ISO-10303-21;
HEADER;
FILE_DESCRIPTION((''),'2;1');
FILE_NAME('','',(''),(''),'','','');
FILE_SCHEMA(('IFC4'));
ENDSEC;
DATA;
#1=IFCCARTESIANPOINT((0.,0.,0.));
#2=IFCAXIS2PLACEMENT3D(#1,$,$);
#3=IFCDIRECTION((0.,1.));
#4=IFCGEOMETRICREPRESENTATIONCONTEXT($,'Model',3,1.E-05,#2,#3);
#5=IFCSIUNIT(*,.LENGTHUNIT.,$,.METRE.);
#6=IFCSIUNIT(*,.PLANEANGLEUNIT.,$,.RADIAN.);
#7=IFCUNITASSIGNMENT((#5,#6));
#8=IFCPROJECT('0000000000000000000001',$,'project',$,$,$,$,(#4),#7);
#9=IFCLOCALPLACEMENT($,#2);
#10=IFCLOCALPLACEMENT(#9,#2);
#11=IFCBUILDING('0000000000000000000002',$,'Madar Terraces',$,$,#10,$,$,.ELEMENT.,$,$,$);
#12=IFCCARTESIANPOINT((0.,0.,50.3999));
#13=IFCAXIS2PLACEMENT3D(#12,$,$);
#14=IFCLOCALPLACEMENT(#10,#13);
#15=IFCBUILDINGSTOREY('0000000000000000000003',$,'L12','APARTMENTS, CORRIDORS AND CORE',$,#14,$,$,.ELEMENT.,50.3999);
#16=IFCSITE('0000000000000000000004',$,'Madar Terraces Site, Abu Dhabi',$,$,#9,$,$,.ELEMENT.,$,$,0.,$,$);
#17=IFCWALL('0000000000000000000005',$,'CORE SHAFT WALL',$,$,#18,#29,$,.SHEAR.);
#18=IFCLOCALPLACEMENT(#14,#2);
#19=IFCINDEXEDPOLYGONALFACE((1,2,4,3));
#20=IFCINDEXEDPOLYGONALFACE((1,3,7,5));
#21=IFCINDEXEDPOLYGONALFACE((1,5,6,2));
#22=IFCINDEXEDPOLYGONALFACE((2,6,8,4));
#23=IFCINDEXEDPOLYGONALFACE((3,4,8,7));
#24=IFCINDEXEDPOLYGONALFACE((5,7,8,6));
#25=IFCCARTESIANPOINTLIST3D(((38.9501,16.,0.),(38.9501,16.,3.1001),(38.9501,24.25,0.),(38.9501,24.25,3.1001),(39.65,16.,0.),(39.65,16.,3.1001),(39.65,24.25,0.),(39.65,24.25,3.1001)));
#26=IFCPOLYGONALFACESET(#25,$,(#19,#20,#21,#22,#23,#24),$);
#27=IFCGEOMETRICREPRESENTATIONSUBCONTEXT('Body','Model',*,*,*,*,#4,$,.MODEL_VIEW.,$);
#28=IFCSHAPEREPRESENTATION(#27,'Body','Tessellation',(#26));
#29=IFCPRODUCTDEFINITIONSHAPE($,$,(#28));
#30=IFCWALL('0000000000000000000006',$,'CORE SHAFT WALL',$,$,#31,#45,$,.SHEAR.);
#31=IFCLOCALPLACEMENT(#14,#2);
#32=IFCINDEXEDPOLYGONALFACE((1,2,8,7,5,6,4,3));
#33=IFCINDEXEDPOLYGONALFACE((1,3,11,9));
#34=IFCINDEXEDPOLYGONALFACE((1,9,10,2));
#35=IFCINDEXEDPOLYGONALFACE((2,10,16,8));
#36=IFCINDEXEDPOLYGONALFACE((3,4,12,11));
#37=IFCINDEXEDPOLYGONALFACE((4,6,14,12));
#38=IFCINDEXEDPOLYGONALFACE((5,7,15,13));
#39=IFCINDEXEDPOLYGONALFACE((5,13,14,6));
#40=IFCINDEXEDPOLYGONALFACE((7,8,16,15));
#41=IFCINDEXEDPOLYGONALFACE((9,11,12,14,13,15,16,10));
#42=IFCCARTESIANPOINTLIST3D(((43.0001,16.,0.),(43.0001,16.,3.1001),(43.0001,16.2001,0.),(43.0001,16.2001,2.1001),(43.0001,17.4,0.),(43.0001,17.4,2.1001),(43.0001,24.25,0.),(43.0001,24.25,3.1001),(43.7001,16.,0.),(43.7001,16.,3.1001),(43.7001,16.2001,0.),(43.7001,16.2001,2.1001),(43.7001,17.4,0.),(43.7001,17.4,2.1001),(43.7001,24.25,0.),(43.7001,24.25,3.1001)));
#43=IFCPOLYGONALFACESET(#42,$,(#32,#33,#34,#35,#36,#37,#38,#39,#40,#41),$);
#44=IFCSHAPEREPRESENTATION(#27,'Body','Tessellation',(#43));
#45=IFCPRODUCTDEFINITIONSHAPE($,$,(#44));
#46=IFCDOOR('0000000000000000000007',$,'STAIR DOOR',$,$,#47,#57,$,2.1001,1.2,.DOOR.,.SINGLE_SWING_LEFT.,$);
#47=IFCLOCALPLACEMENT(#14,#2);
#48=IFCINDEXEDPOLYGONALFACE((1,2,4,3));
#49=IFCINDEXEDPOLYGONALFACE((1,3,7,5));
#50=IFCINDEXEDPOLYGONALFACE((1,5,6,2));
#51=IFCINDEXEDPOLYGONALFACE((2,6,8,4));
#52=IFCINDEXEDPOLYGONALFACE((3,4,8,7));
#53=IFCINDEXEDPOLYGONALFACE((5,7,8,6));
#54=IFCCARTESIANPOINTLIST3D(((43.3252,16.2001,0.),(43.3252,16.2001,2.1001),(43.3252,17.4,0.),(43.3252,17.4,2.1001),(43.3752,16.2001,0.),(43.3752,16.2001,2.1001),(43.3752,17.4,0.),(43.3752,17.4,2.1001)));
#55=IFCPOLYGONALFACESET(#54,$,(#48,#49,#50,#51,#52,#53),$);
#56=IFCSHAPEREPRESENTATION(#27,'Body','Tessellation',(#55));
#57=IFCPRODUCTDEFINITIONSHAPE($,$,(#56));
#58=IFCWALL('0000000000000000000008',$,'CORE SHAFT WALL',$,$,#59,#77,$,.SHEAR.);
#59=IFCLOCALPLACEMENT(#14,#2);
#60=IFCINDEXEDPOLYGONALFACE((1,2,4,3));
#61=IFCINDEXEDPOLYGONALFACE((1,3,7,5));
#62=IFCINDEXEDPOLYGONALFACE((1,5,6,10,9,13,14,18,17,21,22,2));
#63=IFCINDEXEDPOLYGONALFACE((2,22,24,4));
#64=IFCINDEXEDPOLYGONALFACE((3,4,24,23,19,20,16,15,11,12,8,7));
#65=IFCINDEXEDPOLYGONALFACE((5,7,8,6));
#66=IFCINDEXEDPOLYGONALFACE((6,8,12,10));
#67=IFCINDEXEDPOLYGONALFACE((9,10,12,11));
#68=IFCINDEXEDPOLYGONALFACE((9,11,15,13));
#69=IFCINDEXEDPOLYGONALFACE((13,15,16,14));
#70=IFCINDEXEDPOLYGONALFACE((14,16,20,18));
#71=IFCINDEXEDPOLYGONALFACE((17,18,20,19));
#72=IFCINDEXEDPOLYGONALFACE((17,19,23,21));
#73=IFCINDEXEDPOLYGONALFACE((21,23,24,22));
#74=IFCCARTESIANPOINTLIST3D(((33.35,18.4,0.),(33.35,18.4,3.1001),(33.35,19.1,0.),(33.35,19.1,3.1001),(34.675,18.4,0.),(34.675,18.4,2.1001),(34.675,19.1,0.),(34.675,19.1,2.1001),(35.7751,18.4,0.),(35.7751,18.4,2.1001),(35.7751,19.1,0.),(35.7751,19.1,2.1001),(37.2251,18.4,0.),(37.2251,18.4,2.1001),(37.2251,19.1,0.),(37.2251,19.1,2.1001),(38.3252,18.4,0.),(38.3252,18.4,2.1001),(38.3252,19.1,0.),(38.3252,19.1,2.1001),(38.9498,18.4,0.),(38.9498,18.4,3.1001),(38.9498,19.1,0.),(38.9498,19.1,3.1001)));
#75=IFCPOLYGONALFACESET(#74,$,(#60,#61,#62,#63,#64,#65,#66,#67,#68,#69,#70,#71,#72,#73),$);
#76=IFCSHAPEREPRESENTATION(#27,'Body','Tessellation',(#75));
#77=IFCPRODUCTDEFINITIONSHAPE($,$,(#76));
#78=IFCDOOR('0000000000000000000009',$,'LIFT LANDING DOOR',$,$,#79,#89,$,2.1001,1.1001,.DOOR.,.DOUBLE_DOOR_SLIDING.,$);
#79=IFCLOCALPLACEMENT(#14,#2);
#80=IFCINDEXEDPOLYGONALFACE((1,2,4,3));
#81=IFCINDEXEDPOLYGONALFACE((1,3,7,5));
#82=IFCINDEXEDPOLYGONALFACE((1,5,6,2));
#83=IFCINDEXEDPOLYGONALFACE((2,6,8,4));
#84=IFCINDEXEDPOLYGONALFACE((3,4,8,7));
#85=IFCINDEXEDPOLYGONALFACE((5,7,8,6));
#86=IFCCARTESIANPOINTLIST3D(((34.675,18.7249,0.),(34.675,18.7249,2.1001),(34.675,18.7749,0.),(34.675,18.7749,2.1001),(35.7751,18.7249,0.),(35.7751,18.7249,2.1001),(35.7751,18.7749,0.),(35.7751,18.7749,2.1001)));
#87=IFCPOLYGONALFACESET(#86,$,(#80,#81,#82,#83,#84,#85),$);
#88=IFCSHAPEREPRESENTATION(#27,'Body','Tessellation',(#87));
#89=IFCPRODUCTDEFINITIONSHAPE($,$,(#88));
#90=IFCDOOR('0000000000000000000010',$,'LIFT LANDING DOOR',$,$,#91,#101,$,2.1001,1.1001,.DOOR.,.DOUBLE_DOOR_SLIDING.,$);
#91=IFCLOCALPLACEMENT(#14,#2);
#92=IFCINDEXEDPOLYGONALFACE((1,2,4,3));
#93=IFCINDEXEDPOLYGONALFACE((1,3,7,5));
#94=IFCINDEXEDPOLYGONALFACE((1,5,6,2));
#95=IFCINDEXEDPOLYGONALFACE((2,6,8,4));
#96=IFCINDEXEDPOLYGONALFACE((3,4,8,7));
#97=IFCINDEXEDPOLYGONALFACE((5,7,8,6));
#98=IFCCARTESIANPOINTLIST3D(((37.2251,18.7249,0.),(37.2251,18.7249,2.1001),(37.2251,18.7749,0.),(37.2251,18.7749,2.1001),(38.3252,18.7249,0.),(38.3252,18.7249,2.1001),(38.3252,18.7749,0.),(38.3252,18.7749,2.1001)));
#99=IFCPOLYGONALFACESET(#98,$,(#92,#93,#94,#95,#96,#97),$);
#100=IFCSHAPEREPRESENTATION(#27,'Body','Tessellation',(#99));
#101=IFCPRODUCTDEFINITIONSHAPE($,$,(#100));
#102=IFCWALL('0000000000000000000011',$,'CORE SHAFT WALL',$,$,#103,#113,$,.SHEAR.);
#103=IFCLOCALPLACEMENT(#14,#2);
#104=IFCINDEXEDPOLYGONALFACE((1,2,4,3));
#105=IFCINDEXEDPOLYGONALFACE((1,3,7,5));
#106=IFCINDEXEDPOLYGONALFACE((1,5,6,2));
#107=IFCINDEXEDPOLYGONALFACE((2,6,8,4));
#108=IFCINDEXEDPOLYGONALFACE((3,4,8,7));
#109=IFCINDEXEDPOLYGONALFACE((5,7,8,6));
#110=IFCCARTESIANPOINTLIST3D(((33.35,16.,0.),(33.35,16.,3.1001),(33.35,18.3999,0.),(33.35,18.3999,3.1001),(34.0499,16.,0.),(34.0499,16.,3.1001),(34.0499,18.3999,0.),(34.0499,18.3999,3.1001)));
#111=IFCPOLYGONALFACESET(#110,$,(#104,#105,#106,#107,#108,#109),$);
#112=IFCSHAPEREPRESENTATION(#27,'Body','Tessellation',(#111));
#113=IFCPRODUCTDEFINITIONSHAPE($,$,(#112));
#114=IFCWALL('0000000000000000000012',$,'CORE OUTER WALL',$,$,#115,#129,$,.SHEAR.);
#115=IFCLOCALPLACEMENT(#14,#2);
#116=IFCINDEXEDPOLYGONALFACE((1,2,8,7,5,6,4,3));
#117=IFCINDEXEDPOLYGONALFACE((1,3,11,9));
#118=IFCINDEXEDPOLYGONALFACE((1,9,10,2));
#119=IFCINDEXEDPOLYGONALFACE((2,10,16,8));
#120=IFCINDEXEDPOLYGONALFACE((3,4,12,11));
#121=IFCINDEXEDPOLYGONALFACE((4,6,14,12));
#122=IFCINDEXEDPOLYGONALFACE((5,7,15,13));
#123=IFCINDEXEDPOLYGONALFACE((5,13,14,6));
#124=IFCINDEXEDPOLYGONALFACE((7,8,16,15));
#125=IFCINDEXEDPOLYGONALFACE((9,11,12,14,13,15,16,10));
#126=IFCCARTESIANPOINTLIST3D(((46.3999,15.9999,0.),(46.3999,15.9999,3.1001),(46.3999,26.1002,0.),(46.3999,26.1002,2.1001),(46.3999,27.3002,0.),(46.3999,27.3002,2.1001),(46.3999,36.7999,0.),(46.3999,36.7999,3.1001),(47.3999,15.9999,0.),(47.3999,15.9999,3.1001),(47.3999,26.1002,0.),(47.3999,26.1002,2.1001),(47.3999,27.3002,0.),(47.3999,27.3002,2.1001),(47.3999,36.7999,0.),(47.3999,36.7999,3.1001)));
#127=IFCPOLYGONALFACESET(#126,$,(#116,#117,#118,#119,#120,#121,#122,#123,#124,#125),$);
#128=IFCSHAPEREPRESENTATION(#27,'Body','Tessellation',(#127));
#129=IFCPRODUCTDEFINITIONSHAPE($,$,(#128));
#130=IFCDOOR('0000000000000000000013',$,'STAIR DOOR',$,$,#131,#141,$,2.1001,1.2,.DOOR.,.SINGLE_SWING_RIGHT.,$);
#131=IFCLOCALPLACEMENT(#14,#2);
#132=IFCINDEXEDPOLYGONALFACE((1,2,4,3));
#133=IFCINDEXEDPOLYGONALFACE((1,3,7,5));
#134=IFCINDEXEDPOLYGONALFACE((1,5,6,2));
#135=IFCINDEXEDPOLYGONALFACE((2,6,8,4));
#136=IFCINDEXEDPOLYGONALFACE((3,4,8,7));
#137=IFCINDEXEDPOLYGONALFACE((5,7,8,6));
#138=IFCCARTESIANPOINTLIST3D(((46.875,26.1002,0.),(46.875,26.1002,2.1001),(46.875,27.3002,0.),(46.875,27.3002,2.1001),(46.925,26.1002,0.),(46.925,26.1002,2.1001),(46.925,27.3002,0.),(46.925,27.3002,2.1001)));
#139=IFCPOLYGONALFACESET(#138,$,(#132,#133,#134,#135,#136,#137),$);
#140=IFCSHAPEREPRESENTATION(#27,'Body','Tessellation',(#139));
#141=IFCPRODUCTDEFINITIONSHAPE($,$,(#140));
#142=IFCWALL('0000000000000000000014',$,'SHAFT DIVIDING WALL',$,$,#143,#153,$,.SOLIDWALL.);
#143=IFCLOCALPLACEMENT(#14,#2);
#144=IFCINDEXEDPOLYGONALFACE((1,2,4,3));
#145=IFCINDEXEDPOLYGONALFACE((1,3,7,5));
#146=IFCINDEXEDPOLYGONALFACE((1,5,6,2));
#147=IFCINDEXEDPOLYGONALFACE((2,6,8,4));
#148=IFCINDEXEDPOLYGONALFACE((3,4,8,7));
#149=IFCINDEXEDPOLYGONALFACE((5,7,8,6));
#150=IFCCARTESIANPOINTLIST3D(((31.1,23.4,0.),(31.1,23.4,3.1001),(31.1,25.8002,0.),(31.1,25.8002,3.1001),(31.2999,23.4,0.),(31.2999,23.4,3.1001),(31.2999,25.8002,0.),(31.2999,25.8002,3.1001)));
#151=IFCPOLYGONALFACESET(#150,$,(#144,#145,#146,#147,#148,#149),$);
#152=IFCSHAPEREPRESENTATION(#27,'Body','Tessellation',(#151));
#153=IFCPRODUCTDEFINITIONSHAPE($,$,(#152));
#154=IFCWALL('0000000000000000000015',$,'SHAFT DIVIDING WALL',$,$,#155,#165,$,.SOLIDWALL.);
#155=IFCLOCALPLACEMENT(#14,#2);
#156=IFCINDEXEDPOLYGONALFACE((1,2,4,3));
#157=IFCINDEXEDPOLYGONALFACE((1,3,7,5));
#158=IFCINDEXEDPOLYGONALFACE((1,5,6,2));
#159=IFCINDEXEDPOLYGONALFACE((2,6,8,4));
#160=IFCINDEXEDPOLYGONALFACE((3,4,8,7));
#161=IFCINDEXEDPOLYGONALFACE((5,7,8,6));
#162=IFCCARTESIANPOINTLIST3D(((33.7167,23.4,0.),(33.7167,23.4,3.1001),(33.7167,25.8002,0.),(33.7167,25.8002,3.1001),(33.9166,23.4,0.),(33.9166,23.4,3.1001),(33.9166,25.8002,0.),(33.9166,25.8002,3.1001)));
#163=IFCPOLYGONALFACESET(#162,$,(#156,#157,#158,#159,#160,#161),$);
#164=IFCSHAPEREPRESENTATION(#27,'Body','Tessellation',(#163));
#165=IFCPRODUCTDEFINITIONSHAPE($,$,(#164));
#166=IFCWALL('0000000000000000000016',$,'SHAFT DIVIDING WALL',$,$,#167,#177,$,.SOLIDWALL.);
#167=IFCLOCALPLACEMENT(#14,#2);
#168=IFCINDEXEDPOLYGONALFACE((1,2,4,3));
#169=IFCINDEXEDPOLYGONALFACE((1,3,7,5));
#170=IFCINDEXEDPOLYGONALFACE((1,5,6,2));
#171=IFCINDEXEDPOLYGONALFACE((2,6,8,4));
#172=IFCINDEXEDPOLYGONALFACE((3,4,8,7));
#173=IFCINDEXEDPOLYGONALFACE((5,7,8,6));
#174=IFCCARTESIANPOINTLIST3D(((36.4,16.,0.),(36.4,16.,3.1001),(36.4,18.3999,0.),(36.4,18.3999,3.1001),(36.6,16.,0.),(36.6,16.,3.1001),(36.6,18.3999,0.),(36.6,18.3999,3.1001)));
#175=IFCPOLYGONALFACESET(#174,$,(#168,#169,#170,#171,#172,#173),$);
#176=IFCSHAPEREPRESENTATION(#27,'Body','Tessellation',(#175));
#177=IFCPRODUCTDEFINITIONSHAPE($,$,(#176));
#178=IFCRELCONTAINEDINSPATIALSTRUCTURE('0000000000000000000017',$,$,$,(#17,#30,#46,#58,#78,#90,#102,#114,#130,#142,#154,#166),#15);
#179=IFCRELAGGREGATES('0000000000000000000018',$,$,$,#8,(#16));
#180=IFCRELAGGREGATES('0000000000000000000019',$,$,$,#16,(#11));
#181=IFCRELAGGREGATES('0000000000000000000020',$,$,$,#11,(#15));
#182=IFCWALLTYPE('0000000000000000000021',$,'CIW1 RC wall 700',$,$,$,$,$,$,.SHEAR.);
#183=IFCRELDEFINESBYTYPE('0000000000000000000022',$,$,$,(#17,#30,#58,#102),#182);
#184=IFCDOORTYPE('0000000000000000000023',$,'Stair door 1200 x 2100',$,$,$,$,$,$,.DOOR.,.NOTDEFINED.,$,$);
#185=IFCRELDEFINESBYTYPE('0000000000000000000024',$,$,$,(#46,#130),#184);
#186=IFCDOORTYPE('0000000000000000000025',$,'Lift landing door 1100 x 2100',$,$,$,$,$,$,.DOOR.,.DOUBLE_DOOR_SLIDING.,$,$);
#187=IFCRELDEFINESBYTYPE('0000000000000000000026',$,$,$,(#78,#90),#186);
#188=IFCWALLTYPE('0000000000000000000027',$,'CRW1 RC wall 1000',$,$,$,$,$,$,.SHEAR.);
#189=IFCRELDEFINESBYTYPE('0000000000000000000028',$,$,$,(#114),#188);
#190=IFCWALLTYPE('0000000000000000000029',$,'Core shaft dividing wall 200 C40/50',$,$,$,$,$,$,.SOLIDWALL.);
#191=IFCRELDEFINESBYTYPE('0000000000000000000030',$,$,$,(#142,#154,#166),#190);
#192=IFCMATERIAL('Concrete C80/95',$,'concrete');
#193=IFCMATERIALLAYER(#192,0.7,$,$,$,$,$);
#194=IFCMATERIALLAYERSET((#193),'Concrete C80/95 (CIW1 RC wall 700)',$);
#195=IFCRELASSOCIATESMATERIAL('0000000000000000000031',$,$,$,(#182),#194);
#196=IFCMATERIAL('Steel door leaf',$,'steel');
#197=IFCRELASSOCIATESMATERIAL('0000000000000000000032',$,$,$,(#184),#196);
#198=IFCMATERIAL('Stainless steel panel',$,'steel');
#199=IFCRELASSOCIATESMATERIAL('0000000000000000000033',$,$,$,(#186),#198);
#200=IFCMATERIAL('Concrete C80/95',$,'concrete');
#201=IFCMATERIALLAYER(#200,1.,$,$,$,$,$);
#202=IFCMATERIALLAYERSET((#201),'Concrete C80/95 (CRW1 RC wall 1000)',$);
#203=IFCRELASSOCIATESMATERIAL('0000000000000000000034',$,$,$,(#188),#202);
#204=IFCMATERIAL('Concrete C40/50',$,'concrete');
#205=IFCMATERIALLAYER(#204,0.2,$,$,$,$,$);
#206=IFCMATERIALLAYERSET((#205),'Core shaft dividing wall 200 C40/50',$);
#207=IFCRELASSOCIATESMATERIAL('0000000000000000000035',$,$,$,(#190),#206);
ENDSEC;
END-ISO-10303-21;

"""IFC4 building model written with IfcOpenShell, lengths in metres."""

from ifc_helpers import new_model, si_unit, direction, frame, frame_2d, origin, place, context, subcontext, project, spatial, rectangle, extrude, material, layer, layer_set, type_object, element, fill, save


model = new_model("IFC4")

# Units and contexts
model_context = context("Model", 3, precision=1e-05, world=origin(), true_north=direction((0.0, 1.0)))
body_context = subcontext(model_context, "Body", "Model", "MODEL_VIEW")
ifc_project = project(units=[si_unit("LENGTHUNIT", "METRE"), si_unit("PLANEANGLEUNIT", "RADIAN")], contexts=[model_context])

# Site, building, storey
site_placement = place(None, origin())
site = spatial("IfcSite", under=ifc_project, at=site_placement, Name="Madar Terraces Site, Abu Dhabi", CompositionType="ELEMENT", RefElevation=0.0)
building_placement = place(site_placement, origin())
building = spatial("IfcBuilding", under=site, at=building_placement, Name="Madar Terraces", CompositionType="ELEMENT")
storey_placement = place(building_placement, frame((0.0, 0.0, 50.3999)))
storey = spatial("IfcBuildingStorey", under=building, at=storey_placement, Name="L12", Description="APARTMENTS, CORRIDORS AND CORE", CompositionType="ELEMENT", Elevation=50.3999)

# Wall
ifc_material_1 = material(Name="Concrete C80/95", Category="concrete")
ifc_layer_1 = layer(ifc_material_1, 0.7)
ifc_layer_set_1 = layer_set([ifc_layer_1], Name="Concrete C80/95 (CIW1 RC wall 700)")
wall_type_1 = type_object("IfcWallType", Name="CIW1 RC wall 700", PredefinedType="SHEAR", material=ifc_layer_set_1)
wall_1_placement = place(storey_placement, frame((39.3, 16.0, 0.0), z_axis=(0.0, 0.0, 1.0), x_axis=(0.0, 1.0, 0.0)))
element("IfcWall", 1, at=wall_1_placement, inside=storey, type_object=wall_type_1, Name="CORE SHAFT WALL", PredefinedType="SHEAR", context=body_context, shape_type="SweptSolid", body=[
    extrude(rectangle(XDim=8.25, YDim=0.7, at=frame_2d((4.125, 0.0))), origin(), (0.0, 0.0, 1.0), 3.1001),
])

# Wall, opening, door
wall_2_placement = place(storey_placement, frame((43.3501, 16.0, 0.0), z_axis=(0.0, 0.0, 1.0), x_axis=(0.0, 1.0, 0.0)))
wall_2 = element("IfcWall", 2, at=wall_2_placement, inside=storey, type_object=wall_type_1, Name="CORE SHAFT WALL", PredefinedType="SHEAR", context=body_context, shape_type="SweptSolid", body=[
    extrude(rectangle(XDim=8.25, YDim=0.7, at=frame_2d((4.125, 0.0))), origin(), (0.0, 0.0, 1.0), 3.1001),
])
opening_1_placement = place(wall_2_placement, frame((0.2, 0.0, 0.0)))
opening_1 = element("IfcOpeningElement", 3, at=opening_1_placement, cuts=wall_2, PredefinedType="OPENING", context=body_context, shape_type="SweptSolid", body=[
    extrude(rectangle(XDim=1.2, YDim=2.1001, at=frame_2d((0.6001, 1.05))), frame((0.0, 0.3599, 0.0), z_axis=(0.0, -1.0, 0.0), x_axis=(1.0, 0.0, 0.0)), (0.0, 0.0, 1.0), 0.72),
])
ifc_material_2 = material(Name="Steel door leaf", Category="steel")
door_type_1 = type_object("IfcDoorType", Name="Stair door 1200 x 2100", OperationType="NOTDEFINED", PredefinedType="DOOR", material=ifc_material_2)
door_1_placement = place(opening_1_placement, origin())
door_1 = element("IfcDoor", 4, at=door_1_placement, inside=storey, type_object=door_type_1, Name="STAIR DOOR", OperationType="SINGLE_SWING_LEFT", OverallHeight=2.1001, OverallWidth=1.2, PredefinedType="DOOR", context=body_context, shape_type="SweptSolid", body=[
    extrude(rectangle(XDim=1.2, YDim=2.1001, at=frame_2d((0.6001, 1.05))), frame((0.0, 0.0249, 0.0), z_axis=(0.0, -1.0, 0.0), x_axis=(1.0, 0.0, 0.0)), (0.0, 0.0, 1.0), 0.05),
])
fill(opening_1, door_1)

# Wall, openings, doors
wall_3_placement = place(storey_placement, frame((33.3501, 18.75, 0.0), z_axis=(0.0, 0.0, 1.0), x_axis=(1.0, 0.0, 0.0)))
wall_3 = element("IfcWall", 5, at=wall_3_placement, inside=storey, type_object=wall_type_1, Name="CORE SHAFT WALL", PredefinedType="SHEAR", context=body_context, shape_type="SweptSolid", body=[
    extrude(rectangle(XDim=5.5999, YDim=0.7, at=frame_2d((2.7998, 0.0))), origin(), (0.0, 0.0, 1.0), 3.1001),
])
opening_2_placement = place(wall_3_placement, frame((1.325, 0.0, 0.0)))
opening_2 = element("IfcOpeningElement", 6, at=opening_2_placement, cuts=wall_3, PredefinedType="OPENING", context=body_context, shape_type="SweptSolid", body=[
    extrude(rectangle(XDim=1.1001, YDim=2.1001, at=frame_2d((0.55, 1.05))), frame((0.0, 0.3599, 0.0), z_axis=(0.0, -1.0, 0.0), x_axis=(1.0, 0.0, 0.0)), (0.0, 0.0, 1.0), 0.72),
])
opening_3_placement = place(wall_3_placement, frame((3.875, 0.0, 0.0)))
opening_3 = element("IfcOpeningElement", 7, at=opening_3_placement, cuts=wall_3, PredefinedType="OPENING", context=body_context, shape_type="SweptSolid", body=[
    extrude(rectangle(XDim=1.1001, YDim=2.1001, at=frame_2d((0.55, 1.05))), frame((0.0, 0.3599, 0.0), z_axis=(0.0, -1.0, 0.0), x_axis=(1.0, 0.0, 0.0)), (0.0, 0.0, 1.0), 0.72),
])
ifc_material_3 = material(Name="Stainless steel panel", Category="steel")
door_type_2 = type_object("IfcDoorType", Name="Lift landing door 1100 x 2100", OperationType="DOUBLE_DOOR_SLIDING", PredefinedType="DOOR", material=ifc_material_3)
door_2_placement = place(opening_2_placement, origin())
door_2 = element("IfcDoor", 8, at=door_2_placement, inside=storey, type_object=door_type_2, Name="LIFT LANDING DOOR", OperationType="DOUBLE_DOOR_SLIDING", OverallHeight=2.1001, OverallWidth=1.1001, PredefinedType="DOOR", context=body_context, shape_type="SweptSolid", body=[
    extrude(rectangle(XDim=1.1001, YDim=2.1001, at=frame_2d((0.55, 1.05))), frame((0.0, 0.0249, 0.0), z_axis=(0.0, -1.0, 0.0), x_axis=(1.0, 0.0, 0.0)), (0.0, 0.0, 1.0), 0.05),
])
fill(opening_2, door_2)
door_3_placement = place(opening_3_placement, origin())
door_3 = element("IfcDoor", 9, at=door_3_placement, inside=storey, type_object=door_type_2, Name="LIFT LANDING DOOR", OperationType="DOUBLE_DOOR_SLIDING", OverallHeight=2.1001, OverallWidth=1.1001, PredefinedType="DOOR", context=body_context, shape_type="SweptSolid", body=[
    extrude(rectangle(XDim=1.1001, YDim=2.1001, at=frame_2d((0.55, 1.05))), frame((0.0, 0.0249, 0.0), z_axis=(0.0, -1.0, 0.0), x_axis=(1.0, 0.0, 0.0)), (0.0, 0.0, 1.0), 0.05),
])
fill(opening_3, door_3)

# Wall
wall_4_placement = place(storey_placement, frame((33.7, 16.0, 0.0), z_axis=(0.0, 0.0, 1.0), x_axis=(0.0, 1.0, 0.0)))
element("IfcWall", 10, at=wall_4_placement, inside=storey, type_object=wall_type_1, Name="CORE SHAFT WALL", PredefinedType="SHEAR", context=body_context, shape_type="SweptSolid", body=[
    extrude(rectangle(XDim=2.3999, YDim=0.7, at=frame_2d((1.2, 0.0))), origin(), (0.0, 0.0, 1.0), 3.1001),
])

# Wall, opening, door
ifc_material_4 = material(Name="Concrete C80/95", Category="concrete")
ifc_layer_2 = layer(ifc_material_4, 1.0)
ifc_layer_set_2 = layer_set([ifc_layer_2], Name="Concrete C80/95 (CRW1 RC wall 1000)")
wall_type_2 = type_object("IfcWallType", Name="CRW1 RC wall 1000", PredefinedType="SHEAR", material=ifc_layer_set_2)
wall_5_placement = place(storey_placement, frame((46.8999, 16.0, 0.0), z_axis=(0.0, 0.0, 1.0), x_axis=(0.0, 1.0, 0.0)))
wall_5 = element("IfcWall", 11, at=wall_5_placement, inside=storey, type_object=wall_type_2, Name="CORE OUTER WALL", PredefinedType="SHEAR", context=body_context, shape_type="SweptSolid", body=[
    extrude(rectangle(XDim=20.8, YDim=1.0, at=frame_2d((10.3999, 0.0))), origin(), (0.0, 0.0, 1.0), 3.1001),
])
opening_4_placement = place(wall_5_placement, frame((10.1001, 0.0, 0.0)))
opening_4 = element("IfcOpeningElement", 12, at=opening_4_placement, cuts=wall_5, PredefinedType="OPENING", context=body_context, shape_type="SweptSolid", body=[
    extrude(rectangle(XDim=1.2, YDim=2.1001, at=frame_2d((0.6001, 1.05))), frame((0.0, 0.51, 0.0), z_axis=(0.0, -1.0, 0.0), x_axis=(1.0, 0.0, 0.0)), (0.0, 0.0, 1.0), 1.02),
])
door_4_placement = place(opening_4_placement, origin())
door_4 = element("IfcDoor", 13, at=door_4_placement, inside=storey, type_object=door_type_1, Name="STAIR DOOR", OperationType="SINGLE_SWING_RIGHT", OverallHeight=2.1001, OverallWidth=1.2, PredefinedType="DOOR", context=body_context, shape_type="SweptSolid", body=[
    extrude(rectangle(XDim=1.2, YDim=2.1001, at=frame_2d((0.6001, 1.05))), frame((0.0, 0.0249, 0.0), z_axis=(0.0, -1.0, 0.0), x_axis=(1.0, 0.0, 0.0)), (0.0, 0.0, 1.0), 0.05),
])
fill(opening_4, door_4)

# Walls
ifc_material_5 = material(Name="Concrete C40/50", Category="concrete")
ifc_layer_3 = layer(ifc_material_5, 0.2)
ifc_layer_set_3 = layer_set([ifc_layer_3], Name="Core shaft dividing wall 200 C40/50")
wall_type_3 = type_object("IfcWallType", Name="Core shaft dividing wall 200 C40/50", PredefinedType="SOLIDWALL", material=ifc_layer_set_3)
for number, where, z_axis, x_axis, name in (
    (14, (31.2, 23.3999, 0.0), (0.0, 0.0, 1.0), (0.0, 1.0, 0.0), "SHAFT DIVIDING WALL"),
    (15, (33.8167, 23.3999, 0.0), (0.0, 0.0, 1.0), (0.0, 1.0, 0.0), "SHAFT DIVIDING WALL"),
):
    element("IfcWall", number, at=place(storey_placement, frame(where, z_axis=z_axis, x_axis=x_axis)), inside=storey, type_object=wall_type_3, Name=name, PredefinedType="SOLIDWALL", context=body_context, shape_type="SweptSolid", body=[
        extrude(rectangle(XDim=2.4001, YDim=0.2, at=frame_2d((1.2002, 0.0))), origin(), (0.0, 0.0, 1.0), 3.1001),
    ])
wall_6_placement = place(storey_placement, frame((36.5, 16.0, 0.0), z_axis=(0.0, 0.0, 1.0), x_axis=(0.0, 1.0, 0.0)))
element("IfcWall", 16, at=wall_6_placement, inside=storey, type_object=wall_type_3, Name="SHAFT DIVIDING WALL", PredefinedType="SOLIDWALL", context=body_context, shape_type="SweptSolid", body=[
    extrude(rectangle(XDim=2.3999, YDim=0.2, at=frame_2d((1.2, 0.0))), origin(), (0.0, 0.0, 1.0), 3.1001),
])

save(model, "model.ifc")
